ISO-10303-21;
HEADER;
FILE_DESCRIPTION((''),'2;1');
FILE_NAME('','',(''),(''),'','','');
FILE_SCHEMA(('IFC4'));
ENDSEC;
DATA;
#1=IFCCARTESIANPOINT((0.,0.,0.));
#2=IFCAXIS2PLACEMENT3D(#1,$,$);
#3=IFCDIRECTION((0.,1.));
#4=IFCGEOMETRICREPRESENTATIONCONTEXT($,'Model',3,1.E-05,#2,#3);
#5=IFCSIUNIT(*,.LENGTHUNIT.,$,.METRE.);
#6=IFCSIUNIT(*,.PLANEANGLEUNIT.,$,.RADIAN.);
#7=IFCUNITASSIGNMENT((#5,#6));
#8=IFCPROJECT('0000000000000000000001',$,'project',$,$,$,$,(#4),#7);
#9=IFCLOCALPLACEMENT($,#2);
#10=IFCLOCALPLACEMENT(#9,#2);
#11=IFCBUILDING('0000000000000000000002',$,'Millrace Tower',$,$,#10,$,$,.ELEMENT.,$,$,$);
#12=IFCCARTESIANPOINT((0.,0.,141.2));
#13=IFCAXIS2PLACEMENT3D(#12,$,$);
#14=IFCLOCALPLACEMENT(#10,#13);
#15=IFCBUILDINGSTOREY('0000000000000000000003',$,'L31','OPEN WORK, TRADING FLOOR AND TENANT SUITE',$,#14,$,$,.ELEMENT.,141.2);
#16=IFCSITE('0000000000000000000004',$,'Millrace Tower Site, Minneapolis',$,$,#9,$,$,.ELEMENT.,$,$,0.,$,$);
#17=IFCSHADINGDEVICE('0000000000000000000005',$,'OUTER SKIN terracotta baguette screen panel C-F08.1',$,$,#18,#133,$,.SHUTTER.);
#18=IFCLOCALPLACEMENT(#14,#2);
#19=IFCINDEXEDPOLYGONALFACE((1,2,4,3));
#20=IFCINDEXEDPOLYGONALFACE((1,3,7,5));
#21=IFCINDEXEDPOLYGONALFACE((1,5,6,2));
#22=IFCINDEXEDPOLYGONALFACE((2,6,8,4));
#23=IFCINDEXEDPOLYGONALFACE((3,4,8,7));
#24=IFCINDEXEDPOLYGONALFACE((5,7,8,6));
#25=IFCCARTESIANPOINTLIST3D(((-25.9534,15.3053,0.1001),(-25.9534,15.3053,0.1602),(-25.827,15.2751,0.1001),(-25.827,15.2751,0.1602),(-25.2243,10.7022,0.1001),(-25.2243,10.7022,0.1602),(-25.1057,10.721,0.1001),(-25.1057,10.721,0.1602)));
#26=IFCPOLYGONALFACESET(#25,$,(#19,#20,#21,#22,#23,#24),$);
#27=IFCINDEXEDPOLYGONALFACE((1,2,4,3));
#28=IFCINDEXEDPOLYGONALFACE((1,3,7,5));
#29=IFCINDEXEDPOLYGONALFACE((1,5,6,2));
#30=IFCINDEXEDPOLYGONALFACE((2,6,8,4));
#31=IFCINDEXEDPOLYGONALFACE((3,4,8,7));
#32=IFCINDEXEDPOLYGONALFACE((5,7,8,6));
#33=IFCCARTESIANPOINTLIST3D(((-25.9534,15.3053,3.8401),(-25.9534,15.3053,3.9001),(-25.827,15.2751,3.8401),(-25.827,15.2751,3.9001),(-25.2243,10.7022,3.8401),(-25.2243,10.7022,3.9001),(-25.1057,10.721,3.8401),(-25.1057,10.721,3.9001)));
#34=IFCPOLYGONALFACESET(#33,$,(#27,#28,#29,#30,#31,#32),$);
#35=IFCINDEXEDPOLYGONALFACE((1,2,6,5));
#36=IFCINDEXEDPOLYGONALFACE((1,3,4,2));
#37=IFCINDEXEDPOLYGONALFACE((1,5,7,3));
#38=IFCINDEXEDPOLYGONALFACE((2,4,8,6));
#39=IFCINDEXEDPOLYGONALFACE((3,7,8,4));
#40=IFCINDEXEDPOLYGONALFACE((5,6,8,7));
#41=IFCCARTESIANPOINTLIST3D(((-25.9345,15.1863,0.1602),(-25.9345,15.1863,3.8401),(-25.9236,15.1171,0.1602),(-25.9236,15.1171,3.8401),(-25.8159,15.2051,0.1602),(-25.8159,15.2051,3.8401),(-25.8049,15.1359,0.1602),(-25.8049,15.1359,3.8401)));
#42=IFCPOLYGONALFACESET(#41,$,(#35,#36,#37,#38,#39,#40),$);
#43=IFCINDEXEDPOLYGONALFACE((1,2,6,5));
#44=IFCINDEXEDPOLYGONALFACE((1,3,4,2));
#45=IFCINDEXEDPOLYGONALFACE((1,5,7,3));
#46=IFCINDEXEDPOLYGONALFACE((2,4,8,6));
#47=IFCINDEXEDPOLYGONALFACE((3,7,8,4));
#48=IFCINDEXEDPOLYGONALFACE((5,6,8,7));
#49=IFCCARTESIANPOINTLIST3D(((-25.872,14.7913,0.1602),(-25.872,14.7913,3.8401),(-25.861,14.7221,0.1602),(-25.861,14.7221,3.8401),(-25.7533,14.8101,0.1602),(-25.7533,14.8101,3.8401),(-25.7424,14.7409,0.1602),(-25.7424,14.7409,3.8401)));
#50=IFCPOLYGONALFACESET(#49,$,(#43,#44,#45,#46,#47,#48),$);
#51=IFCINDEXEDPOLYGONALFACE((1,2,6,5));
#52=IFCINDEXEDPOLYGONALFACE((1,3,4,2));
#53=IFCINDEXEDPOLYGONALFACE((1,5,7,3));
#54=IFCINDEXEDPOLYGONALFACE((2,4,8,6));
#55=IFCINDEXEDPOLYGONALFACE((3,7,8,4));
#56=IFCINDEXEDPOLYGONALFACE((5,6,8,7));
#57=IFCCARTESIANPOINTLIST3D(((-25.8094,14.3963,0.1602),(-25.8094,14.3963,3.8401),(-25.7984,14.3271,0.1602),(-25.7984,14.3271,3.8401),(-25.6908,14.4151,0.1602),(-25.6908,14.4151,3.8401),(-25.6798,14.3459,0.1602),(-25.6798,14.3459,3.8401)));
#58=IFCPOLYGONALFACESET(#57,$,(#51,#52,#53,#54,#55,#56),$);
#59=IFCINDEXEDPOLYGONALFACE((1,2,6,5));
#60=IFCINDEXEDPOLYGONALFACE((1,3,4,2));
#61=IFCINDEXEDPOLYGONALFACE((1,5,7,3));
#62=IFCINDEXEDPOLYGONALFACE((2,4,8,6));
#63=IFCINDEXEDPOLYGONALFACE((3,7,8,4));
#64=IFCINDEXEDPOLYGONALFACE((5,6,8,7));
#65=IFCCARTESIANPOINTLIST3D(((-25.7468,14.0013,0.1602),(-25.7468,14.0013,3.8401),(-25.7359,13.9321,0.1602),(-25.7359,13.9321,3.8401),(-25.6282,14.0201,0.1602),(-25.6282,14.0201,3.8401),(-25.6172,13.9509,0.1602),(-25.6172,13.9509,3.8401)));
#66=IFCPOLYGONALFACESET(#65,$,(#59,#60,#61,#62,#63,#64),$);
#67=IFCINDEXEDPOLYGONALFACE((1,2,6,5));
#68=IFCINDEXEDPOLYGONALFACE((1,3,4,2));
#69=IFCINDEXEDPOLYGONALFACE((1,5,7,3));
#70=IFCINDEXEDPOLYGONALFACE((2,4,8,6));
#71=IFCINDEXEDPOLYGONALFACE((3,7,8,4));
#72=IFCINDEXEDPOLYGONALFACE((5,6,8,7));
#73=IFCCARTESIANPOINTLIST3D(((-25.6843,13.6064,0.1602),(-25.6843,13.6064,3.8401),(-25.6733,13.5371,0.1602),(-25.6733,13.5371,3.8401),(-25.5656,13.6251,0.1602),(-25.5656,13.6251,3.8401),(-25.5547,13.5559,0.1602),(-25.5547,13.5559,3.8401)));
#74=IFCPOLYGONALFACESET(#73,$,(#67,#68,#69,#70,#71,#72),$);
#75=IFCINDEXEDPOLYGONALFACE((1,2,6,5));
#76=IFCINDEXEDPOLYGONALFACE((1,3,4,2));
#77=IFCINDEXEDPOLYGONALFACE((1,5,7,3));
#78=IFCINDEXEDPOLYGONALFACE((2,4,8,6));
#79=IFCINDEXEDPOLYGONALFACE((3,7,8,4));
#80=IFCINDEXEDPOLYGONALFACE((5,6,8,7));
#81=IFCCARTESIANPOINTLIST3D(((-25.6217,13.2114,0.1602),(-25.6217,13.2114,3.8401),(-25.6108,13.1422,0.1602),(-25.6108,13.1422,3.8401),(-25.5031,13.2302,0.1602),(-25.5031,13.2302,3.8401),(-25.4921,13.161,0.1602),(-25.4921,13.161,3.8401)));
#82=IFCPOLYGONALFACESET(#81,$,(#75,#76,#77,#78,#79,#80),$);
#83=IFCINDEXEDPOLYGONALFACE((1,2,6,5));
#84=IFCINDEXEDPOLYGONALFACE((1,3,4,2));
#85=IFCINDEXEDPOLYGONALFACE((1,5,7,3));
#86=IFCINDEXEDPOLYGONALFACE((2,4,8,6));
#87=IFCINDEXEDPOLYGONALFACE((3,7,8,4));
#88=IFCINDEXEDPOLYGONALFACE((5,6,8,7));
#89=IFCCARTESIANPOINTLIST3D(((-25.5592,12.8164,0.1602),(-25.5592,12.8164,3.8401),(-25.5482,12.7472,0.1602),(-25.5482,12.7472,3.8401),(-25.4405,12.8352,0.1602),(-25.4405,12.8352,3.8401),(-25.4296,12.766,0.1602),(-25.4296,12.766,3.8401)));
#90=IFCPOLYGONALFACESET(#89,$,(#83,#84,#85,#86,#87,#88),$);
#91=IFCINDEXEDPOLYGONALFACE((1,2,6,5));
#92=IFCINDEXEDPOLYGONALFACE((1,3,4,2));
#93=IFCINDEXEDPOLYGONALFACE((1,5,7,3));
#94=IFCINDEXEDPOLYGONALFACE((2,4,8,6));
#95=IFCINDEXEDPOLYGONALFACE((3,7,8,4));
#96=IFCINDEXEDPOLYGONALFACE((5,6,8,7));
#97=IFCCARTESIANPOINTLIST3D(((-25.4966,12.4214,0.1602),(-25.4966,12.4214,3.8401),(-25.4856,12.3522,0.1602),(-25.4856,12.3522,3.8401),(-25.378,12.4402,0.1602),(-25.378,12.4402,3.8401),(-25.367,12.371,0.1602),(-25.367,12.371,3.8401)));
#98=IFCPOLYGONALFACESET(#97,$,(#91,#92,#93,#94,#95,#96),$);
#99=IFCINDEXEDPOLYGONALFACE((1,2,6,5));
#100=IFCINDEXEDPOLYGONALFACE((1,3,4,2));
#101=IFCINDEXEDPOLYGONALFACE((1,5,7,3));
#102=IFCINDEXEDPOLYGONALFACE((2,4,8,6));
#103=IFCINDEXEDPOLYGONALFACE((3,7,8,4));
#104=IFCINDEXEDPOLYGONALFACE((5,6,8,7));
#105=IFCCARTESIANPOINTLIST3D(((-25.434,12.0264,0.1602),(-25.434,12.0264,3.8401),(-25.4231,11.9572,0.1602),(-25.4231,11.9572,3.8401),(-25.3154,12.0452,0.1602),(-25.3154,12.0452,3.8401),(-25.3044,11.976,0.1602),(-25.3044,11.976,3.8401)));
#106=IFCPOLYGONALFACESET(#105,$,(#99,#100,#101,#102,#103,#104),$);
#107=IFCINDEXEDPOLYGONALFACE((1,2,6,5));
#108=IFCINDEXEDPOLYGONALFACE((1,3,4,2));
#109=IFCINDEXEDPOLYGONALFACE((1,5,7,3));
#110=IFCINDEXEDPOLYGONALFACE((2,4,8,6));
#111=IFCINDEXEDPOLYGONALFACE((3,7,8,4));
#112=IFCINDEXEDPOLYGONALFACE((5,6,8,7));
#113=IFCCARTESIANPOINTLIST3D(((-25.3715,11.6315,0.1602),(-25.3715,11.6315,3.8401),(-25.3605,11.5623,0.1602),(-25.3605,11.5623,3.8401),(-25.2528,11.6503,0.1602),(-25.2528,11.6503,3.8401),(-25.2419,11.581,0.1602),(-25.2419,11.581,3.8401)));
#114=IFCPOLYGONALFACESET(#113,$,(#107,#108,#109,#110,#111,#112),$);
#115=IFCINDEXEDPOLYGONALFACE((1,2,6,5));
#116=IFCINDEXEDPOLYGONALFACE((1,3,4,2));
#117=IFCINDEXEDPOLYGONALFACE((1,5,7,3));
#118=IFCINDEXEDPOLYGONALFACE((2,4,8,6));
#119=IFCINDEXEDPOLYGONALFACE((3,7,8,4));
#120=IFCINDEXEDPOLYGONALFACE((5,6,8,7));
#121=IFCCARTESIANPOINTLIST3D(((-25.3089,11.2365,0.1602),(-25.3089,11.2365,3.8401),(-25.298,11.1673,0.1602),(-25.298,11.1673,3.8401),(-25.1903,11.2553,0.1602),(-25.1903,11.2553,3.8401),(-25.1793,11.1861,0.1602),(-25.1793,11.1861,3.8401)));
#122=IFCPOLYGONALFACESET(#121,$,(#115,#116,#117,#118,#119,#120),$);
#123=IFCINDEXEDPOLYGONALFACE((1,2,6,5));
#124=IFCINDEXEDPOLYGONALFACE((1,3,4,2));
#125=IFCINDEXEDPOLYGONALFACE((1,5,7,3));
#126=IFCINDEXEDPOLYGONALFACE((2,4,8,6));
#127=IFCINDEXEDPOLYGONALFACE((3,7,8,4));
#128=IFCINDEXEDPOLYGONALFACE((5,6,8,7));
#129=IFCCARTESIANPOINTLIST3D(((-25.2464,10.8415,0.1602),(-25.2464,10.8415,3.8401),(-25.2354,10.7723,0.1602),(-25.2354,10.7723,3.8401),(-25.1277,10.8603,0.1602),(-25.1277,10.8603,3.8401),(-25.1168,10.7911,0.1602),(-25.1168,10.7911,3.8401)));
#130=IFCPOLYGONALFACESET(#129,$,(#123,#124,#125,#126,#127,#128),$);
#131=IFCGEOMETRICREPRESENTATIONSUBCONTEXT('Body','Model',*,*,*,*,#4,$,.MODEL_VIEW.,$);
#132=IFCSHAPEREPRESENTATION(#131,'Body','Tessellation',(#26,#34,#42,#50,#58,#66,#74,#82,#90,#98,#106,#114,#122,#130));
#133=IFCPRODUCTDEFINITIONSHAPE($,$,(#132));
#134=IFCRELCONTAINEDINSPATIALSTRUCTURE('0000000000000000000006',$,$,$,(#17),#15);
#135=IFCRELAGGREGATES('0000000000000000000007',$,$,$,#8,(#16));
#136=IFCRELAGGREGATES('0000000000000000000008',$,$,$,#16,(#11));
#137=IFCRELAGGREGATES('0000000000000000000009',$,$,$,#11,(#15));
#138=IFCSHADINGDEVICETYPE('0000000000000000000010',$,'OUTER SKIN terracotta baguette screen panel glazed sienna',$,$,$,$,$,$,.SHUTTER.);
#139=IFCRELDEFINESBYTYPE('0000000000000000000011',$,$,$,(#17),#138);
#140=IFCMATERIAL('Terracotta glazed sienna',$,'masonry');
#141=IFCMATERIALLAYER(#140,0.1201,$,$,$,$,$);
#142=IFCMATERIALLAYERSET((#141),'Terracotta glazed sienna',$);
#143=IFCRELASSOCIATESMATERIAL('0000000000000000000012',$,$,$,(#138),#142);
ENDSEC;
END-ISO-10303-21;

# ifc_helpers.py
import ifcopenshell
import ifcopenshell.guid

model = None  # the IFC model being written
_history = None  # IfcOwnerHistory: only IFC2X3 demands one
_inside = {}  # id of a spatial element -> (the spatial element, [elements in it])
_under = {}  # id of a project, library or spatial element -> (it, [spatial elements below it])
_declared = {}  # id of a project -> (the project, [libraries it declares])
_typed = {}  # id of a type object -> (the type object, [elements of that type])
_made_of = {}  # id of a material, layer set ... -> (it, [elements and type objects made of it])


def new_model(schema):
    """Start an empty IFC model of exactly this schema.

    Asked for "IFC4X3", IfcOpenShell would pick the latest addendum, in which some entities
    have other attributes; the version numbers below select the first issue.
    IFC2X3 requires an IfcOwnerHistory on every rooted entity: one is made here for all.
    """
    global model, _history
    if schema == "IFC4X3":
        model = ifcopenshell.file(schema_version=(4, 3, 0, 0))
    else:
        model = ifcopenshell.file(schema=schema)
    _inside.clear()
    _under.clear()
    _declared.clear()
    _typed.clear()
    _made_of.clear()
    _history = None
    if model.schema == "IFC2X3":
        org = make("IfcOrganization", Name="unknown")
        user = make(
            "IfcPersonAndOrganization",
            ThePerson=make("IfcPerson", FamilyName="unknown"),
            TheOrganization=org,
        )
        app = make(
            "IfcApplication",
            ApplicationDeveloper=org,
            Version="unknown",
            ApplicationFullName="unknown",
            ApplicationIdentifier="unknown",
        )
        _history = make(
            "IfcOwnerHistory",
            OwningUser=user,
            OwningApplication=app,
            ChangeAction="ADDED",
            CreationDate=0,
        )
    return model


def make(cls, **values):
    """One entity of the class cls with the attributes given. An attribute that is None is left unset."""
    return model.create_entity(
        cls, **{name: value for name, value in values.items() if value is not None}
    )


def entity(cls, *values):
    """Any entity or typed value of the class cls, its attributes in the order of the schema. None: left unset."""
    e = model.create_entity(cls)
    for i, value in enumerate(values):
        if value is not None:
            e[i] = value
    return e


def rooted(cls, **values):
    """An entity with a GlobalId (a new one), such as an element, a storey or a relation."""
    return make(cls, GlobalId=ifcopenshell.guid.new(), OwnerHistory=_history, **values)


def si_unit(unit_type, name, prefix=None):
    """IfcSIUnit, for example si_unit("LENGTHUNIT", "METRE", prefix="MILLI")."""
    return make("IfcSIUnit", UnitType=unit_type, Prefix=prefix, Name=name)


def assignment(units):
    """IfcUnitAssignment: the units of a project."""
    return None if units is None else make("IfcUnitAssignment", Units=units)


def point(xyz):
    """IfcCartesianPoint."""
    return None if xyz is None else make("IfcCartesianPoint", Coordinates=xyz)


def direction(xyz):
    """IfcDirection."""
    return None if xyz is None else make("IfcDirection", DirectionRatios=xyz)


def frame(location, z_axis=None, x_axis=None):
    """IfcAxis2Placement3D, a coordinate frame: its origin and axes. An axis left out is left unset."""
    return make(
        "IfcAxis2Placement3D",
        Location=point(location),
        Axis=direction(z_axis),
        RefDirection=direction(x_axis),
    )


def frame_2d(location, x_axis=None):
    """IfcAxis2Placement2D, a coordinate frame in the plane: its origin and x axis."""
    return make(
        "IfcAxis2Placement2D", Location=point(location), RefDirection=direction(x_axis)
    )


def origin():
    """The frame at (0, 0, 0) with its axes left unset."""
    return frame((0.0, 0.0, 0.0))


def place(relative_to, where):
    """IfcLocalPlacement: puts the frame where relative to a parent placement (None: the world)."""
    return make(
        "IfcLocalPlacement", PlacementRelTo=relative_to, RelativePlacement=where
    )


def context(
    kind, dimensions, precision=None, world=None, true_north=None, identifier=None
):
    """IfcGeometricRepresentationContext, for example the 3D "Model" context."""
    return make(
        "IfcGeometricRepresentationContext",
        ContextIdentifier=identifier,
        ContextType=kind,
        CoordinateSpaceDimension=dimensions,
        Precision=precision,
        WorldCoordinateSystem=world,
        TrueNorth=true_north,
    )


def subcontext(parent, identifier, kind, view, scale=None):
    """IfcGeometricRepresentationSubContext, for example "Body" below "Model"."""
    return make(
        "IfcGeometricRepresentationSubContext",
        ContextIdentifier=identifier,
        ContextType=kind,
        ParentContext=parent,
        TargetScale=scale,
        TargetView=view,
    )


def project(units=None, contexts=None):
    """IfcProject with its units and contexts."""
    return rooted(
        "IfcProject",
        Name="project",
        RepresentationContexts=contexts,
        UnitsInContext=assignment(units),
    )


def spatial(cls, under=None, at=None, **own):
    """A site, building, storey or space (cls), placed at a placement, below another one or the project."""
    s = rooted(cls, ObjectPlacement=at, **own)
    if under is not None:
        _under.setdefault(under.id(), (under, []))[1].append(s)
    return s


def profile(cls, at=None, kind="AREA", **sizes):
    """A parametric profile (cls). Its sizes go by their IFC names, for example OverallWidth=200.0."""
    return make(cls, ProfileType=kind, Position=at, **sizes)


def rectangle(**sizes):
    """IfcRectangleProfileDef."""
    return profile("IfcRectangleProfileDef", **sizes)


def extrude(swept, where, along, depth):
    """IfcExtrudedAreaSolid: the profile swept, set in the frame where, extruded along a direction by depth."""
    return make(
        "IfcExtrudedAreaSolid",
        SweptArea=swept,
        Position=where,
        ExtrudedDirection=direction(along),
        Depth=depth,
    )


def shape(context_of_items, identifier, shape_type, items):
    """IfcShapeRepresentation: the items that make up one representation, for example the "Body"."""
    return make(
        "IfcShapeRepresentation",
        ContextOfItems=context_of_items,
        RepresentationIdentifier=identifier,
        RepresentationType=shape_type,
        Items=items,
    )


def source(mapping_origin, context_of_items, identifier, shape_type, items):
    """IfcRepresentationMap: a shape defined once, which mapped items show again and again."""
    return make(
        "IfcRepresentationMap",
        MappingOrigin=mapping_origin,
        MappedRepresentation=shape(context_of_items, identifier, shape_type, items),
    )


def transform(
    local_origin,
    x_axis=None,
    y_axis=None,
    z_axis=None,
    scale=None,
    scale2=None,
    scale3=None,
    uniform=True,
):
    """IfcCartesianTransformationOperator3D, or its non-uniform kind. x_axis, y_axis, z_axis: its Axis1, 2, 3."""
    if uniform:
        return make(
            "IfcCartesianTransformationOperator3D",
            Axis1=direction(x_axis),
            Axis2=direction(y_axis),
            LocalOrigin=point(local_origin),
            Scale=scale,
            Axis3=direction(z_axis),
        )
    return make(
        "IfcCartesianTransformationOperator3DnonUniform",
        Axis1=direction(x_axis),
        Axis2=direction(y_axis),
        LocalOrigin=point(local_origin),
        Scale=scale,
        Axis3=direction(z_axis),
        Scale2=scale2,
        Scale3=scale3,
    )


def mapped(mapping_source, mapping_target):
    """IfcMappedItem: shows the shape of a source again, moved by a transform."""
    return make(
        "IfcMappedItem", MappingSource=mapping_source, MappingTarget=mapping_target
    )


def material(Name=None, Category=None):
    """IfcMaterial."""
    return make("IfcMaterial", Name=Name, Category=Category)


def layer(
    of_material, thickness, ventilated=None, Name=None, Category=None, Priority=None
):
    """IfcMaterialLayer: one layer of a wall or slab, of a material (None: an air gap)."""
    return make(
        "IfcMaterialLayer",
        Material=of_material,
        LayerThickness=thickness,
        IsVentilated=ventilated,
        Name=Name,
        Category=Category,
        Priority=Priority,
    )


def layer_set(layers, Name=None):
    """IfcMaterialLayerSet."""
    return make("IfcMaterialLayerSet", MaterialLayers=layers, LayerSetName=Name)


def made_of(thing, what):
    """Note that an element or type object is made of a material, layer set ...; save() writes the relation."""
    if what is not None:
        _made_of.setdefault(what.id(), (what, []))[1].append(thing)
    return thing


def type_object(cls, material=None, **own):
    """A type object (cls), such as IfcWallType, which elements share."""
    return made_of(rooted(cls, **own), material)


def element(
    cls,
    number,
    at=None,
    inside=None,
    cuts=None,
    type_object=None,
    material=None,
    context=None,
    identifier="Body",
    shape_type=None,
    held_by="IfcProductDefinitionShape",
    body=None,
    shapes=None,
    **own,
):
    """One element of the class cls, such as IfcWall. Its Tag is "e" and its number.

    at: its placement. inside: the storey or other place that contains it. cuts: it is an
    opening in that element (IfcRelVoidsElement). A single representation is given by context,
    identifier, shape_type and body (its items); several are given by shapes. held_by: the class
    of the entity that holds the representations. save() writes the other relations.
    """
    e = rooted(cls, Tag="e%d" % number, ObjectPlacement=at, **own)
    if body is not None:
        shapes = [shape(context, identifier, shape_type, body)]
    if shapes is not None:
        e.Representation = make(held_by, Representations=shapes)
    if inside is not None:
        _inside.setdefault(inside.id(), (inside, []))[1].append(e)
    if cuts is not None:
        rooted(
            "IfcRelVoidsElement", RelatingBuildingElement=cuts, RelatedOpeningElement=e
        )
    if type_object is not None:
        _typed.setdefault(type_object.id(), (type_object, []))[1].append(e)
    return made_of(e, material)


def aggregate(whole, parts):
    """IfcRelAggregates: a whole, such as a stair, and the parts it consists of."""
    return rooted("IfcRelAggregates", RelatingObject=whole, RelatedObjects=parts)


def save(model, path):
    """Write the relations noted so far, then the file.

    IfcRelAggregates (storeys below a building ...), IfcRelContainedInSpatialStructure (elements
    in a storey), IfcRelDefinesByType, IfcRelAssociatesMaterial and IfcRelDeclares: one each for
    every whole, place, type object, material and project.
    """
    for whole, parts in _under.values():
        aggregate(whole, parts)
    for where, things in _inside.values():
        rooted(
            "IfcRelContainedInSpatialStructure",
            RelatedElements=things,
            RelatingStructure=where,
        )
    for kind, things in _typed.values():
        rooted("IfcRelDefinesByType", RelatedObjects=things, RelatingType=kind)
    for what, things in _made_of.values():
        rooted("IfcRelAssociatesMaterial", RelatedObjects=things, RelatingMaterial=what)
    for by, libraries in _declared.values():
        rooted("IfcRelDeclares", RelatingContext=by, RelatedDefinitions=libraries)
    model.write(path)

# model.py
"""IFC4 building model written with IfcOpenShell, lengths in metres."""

from ifc_helpers import new_model, entity, si_unit, direction, frame, frame_2d, origin, place, context, subcontext, project, spatial, rectangle, extrude, source, transform, mapped, material, layer, layer_set, type_object, element, save


model = new_model("IFC4")

# Units and contexts
model_context = context("Model", 3, precision=1e-05, world=origin(), true_north=direction((0.0, 1.0)))
body_context = subcontext(model_context, "Body", "Model", "MODEL_VIEW")
ifc_project = project(units=[si_unit("LENGTHUNIT", "METRE"), si_unit("PLANEANGLEUNIT", "RADIAN")], contexts=[model_context])

# Site, building, storey
site_placement = place(None, origin())
site = spatial("IfcSite", under=ifc_project, at=site_placement, Name="Millrace Tower Site, Minneapolis", CompositionType="ELEMENT", RefElevation=0.0)
building_placement = place(site_placement, origin())
building = spatial("IfcBuilding", under=site, at=building_placement, Name="Millrace Tower", CompositionType="ELEMENT")
storey_placement = place(building_placement, frame((0.0, 0.0, 141.2)))
storey = spatial("IfcBuildingStorey", under=building, at=storey_placement, Name="L31", Description="OPEN WORK, TRADING FLOOR AND TENANT SUITE", CompositionType="ELEMENT", Elevation=141.2)

# Shading device
ifc_material_1 = material(Name="Terracotta glazed sienna", Category="masonry")
ifc_layer_1 = layer(ifc_material_1, 0.1201)
ifc_layer_set_1 = layer_set([ifc_layer_1], Name="Terracotta glazed sienna")
shading_device_type = type_object("IfcShadingDeviceType", Name="OUTER SKIN terracotta baguette screen panel glazed sienna", PredefinedType="SHUTTER", material=ifc_layer_set_1)
cartesian_point_1 = entity("IfcCartesianPoint", [-2.293, 0.0601])
shared_polyline_1 = entity("IfcPolyline", [cartesian_point_1, entity("IfcCartesianPoint", [2.3179, 0.0601]), entity("IfcCartesianPoint", [2.3179, -0.0601]), entity("IfcCartesianPoint", [-2.3425, -0.0601]), cartesian_point_1])
shared_shape_1 = source(origin(), body_context, "Body", "SweptSolid", [
    entity("IfcExtrudedAreaSolid", entity("IfcArbitraryClosedProfileDef", "AREA", None, shared_polyline_1), entity("IfcAxis2Placement3D", entity("IfcCartesianPoint", [0.0, 0.0, 0.0])), entity("IfcDirection", [0.0, 0.0, 1.0]), 0.0601),
    entity("IfcExtrudedAreaSolid", entity("IfcArbitraryClosedProfileDef", "AREA", None, shared_polyline_1), entity("IfcAxis2Placement3D", entity("IfcCartesianPoint", [0.0, 0.0, 3.74])), entity("IfcDirection", [0.0, 0.0, 1.0]), 0.0601),
    extrude(rectangle(XDim=0.0701, YDim=0.1201, at=frame_2d((-2.187, 0.0))), frame((0.0, 0.0, 0.0601)), (0.0, 0.0, 1.0), 3.6799),
    extrude(rectangle(XDim=0.0701, YDim=0.1201, at=frame_2d((-1.7871, 0.0))), frame((0.0, 0.0, 0.0601)), (0.0, 0.0, 1.0), 3.6799),
    extrude(rectangle(XDim=0.0701, YDim=0.1201, at=frame_2d((-1.3872, 0.0))), frame((0.0, 0.0, 0.0601)), (0.0, 0.0, 1.0), 3.6799),
    extrude(rectangle(XDim=0.0701, YDim=0.1201, at=frame_2d((-0.9873, 0.0))), frame((0.0, 0.0, 0.0601)), (0.0, 0.0, 1.0), 3.6799),
    extrude(rectangle(XDim=0.0701, YDim=0.1201, at=frame_2d((-0.5874, 0.0))), frame((0.0, 0.0, 0.0601)), (0.0, 0.0, 1.0), 3.6799),
    extrude(rectangle(XDim=0.0701, YDim=0.1201, at=frame_2d((-0.1875, 0.0))), frame((0.0, 0.0, 0.0601)), (0.0, 0.0, 1.0), 3.6799),
    extrude(rectangle(XDim=0.0701, YDim=0.1201, at=frame_2d((0.2124, 0.0))), frame((0.0, 0.0, 0.0601)), (0.0, 0.0, 1.0), 3.6799),
    extrude(rectangle(XDim=0.0701, YDim=0.1201, at=frame_2d((0.6123, 0.0))), frame((0.0, 0.0, 0.0601)), (0.0, 0.0, 1.0), 3.6799),
    extrude(rectangle(XDim=0.0701, YDim=0.1201, at=frame_2d((1.0122, 0.0))), frame((0.0, 0.0, 0.0601)), (0.0, 0.0, 1.0), 3.6799),
    extrude(rectangle(XDim=0.0701, YDim=0.1201, at=frame_2d((1.4121, 0.0))), frame((0.0, 0.0, 0.0601)), (0.0, 0.0, 1.0), 3.6799),
    extrude(rectangle(XDim=0.0701, YDim=0.1201, at=frame_2d((1.812, 0.0))), frame((0.0, 0.0, 0.0601)), (0.0, 0.0, 1.0), 3.6799),
    extrude(rectangle(XDim=0.0701, YDim=0.1201, at=frame_2d((2.2119, 0.0))), frame((0.0, 0.0, 0.0601)), (0.0, 0.0, 1.0), 3.6799),
])
shading_device_1_placement = place(storey_placement, frame((-25.5276, 13.001, 0.1001), z_axis=(0.0, 0.0, 1.0), x_axis=(0.156434, -0.987688, 0.0)))
element("IfcShadingDevice", 1, at=shading_device_1_placement, inside=storey, type_object=shading_device_type, Name="OUTER SKIN terracotta baguette screen panel C-F08.1", PredefinedType="SHUTTER", context=body_context, shape_type="MappedRepresentation", body=[
    mapped(shared_shape_1, transform((0.0, 0.0, 0.0), scale=1.0)),
])

save(model, "model.ifc")
